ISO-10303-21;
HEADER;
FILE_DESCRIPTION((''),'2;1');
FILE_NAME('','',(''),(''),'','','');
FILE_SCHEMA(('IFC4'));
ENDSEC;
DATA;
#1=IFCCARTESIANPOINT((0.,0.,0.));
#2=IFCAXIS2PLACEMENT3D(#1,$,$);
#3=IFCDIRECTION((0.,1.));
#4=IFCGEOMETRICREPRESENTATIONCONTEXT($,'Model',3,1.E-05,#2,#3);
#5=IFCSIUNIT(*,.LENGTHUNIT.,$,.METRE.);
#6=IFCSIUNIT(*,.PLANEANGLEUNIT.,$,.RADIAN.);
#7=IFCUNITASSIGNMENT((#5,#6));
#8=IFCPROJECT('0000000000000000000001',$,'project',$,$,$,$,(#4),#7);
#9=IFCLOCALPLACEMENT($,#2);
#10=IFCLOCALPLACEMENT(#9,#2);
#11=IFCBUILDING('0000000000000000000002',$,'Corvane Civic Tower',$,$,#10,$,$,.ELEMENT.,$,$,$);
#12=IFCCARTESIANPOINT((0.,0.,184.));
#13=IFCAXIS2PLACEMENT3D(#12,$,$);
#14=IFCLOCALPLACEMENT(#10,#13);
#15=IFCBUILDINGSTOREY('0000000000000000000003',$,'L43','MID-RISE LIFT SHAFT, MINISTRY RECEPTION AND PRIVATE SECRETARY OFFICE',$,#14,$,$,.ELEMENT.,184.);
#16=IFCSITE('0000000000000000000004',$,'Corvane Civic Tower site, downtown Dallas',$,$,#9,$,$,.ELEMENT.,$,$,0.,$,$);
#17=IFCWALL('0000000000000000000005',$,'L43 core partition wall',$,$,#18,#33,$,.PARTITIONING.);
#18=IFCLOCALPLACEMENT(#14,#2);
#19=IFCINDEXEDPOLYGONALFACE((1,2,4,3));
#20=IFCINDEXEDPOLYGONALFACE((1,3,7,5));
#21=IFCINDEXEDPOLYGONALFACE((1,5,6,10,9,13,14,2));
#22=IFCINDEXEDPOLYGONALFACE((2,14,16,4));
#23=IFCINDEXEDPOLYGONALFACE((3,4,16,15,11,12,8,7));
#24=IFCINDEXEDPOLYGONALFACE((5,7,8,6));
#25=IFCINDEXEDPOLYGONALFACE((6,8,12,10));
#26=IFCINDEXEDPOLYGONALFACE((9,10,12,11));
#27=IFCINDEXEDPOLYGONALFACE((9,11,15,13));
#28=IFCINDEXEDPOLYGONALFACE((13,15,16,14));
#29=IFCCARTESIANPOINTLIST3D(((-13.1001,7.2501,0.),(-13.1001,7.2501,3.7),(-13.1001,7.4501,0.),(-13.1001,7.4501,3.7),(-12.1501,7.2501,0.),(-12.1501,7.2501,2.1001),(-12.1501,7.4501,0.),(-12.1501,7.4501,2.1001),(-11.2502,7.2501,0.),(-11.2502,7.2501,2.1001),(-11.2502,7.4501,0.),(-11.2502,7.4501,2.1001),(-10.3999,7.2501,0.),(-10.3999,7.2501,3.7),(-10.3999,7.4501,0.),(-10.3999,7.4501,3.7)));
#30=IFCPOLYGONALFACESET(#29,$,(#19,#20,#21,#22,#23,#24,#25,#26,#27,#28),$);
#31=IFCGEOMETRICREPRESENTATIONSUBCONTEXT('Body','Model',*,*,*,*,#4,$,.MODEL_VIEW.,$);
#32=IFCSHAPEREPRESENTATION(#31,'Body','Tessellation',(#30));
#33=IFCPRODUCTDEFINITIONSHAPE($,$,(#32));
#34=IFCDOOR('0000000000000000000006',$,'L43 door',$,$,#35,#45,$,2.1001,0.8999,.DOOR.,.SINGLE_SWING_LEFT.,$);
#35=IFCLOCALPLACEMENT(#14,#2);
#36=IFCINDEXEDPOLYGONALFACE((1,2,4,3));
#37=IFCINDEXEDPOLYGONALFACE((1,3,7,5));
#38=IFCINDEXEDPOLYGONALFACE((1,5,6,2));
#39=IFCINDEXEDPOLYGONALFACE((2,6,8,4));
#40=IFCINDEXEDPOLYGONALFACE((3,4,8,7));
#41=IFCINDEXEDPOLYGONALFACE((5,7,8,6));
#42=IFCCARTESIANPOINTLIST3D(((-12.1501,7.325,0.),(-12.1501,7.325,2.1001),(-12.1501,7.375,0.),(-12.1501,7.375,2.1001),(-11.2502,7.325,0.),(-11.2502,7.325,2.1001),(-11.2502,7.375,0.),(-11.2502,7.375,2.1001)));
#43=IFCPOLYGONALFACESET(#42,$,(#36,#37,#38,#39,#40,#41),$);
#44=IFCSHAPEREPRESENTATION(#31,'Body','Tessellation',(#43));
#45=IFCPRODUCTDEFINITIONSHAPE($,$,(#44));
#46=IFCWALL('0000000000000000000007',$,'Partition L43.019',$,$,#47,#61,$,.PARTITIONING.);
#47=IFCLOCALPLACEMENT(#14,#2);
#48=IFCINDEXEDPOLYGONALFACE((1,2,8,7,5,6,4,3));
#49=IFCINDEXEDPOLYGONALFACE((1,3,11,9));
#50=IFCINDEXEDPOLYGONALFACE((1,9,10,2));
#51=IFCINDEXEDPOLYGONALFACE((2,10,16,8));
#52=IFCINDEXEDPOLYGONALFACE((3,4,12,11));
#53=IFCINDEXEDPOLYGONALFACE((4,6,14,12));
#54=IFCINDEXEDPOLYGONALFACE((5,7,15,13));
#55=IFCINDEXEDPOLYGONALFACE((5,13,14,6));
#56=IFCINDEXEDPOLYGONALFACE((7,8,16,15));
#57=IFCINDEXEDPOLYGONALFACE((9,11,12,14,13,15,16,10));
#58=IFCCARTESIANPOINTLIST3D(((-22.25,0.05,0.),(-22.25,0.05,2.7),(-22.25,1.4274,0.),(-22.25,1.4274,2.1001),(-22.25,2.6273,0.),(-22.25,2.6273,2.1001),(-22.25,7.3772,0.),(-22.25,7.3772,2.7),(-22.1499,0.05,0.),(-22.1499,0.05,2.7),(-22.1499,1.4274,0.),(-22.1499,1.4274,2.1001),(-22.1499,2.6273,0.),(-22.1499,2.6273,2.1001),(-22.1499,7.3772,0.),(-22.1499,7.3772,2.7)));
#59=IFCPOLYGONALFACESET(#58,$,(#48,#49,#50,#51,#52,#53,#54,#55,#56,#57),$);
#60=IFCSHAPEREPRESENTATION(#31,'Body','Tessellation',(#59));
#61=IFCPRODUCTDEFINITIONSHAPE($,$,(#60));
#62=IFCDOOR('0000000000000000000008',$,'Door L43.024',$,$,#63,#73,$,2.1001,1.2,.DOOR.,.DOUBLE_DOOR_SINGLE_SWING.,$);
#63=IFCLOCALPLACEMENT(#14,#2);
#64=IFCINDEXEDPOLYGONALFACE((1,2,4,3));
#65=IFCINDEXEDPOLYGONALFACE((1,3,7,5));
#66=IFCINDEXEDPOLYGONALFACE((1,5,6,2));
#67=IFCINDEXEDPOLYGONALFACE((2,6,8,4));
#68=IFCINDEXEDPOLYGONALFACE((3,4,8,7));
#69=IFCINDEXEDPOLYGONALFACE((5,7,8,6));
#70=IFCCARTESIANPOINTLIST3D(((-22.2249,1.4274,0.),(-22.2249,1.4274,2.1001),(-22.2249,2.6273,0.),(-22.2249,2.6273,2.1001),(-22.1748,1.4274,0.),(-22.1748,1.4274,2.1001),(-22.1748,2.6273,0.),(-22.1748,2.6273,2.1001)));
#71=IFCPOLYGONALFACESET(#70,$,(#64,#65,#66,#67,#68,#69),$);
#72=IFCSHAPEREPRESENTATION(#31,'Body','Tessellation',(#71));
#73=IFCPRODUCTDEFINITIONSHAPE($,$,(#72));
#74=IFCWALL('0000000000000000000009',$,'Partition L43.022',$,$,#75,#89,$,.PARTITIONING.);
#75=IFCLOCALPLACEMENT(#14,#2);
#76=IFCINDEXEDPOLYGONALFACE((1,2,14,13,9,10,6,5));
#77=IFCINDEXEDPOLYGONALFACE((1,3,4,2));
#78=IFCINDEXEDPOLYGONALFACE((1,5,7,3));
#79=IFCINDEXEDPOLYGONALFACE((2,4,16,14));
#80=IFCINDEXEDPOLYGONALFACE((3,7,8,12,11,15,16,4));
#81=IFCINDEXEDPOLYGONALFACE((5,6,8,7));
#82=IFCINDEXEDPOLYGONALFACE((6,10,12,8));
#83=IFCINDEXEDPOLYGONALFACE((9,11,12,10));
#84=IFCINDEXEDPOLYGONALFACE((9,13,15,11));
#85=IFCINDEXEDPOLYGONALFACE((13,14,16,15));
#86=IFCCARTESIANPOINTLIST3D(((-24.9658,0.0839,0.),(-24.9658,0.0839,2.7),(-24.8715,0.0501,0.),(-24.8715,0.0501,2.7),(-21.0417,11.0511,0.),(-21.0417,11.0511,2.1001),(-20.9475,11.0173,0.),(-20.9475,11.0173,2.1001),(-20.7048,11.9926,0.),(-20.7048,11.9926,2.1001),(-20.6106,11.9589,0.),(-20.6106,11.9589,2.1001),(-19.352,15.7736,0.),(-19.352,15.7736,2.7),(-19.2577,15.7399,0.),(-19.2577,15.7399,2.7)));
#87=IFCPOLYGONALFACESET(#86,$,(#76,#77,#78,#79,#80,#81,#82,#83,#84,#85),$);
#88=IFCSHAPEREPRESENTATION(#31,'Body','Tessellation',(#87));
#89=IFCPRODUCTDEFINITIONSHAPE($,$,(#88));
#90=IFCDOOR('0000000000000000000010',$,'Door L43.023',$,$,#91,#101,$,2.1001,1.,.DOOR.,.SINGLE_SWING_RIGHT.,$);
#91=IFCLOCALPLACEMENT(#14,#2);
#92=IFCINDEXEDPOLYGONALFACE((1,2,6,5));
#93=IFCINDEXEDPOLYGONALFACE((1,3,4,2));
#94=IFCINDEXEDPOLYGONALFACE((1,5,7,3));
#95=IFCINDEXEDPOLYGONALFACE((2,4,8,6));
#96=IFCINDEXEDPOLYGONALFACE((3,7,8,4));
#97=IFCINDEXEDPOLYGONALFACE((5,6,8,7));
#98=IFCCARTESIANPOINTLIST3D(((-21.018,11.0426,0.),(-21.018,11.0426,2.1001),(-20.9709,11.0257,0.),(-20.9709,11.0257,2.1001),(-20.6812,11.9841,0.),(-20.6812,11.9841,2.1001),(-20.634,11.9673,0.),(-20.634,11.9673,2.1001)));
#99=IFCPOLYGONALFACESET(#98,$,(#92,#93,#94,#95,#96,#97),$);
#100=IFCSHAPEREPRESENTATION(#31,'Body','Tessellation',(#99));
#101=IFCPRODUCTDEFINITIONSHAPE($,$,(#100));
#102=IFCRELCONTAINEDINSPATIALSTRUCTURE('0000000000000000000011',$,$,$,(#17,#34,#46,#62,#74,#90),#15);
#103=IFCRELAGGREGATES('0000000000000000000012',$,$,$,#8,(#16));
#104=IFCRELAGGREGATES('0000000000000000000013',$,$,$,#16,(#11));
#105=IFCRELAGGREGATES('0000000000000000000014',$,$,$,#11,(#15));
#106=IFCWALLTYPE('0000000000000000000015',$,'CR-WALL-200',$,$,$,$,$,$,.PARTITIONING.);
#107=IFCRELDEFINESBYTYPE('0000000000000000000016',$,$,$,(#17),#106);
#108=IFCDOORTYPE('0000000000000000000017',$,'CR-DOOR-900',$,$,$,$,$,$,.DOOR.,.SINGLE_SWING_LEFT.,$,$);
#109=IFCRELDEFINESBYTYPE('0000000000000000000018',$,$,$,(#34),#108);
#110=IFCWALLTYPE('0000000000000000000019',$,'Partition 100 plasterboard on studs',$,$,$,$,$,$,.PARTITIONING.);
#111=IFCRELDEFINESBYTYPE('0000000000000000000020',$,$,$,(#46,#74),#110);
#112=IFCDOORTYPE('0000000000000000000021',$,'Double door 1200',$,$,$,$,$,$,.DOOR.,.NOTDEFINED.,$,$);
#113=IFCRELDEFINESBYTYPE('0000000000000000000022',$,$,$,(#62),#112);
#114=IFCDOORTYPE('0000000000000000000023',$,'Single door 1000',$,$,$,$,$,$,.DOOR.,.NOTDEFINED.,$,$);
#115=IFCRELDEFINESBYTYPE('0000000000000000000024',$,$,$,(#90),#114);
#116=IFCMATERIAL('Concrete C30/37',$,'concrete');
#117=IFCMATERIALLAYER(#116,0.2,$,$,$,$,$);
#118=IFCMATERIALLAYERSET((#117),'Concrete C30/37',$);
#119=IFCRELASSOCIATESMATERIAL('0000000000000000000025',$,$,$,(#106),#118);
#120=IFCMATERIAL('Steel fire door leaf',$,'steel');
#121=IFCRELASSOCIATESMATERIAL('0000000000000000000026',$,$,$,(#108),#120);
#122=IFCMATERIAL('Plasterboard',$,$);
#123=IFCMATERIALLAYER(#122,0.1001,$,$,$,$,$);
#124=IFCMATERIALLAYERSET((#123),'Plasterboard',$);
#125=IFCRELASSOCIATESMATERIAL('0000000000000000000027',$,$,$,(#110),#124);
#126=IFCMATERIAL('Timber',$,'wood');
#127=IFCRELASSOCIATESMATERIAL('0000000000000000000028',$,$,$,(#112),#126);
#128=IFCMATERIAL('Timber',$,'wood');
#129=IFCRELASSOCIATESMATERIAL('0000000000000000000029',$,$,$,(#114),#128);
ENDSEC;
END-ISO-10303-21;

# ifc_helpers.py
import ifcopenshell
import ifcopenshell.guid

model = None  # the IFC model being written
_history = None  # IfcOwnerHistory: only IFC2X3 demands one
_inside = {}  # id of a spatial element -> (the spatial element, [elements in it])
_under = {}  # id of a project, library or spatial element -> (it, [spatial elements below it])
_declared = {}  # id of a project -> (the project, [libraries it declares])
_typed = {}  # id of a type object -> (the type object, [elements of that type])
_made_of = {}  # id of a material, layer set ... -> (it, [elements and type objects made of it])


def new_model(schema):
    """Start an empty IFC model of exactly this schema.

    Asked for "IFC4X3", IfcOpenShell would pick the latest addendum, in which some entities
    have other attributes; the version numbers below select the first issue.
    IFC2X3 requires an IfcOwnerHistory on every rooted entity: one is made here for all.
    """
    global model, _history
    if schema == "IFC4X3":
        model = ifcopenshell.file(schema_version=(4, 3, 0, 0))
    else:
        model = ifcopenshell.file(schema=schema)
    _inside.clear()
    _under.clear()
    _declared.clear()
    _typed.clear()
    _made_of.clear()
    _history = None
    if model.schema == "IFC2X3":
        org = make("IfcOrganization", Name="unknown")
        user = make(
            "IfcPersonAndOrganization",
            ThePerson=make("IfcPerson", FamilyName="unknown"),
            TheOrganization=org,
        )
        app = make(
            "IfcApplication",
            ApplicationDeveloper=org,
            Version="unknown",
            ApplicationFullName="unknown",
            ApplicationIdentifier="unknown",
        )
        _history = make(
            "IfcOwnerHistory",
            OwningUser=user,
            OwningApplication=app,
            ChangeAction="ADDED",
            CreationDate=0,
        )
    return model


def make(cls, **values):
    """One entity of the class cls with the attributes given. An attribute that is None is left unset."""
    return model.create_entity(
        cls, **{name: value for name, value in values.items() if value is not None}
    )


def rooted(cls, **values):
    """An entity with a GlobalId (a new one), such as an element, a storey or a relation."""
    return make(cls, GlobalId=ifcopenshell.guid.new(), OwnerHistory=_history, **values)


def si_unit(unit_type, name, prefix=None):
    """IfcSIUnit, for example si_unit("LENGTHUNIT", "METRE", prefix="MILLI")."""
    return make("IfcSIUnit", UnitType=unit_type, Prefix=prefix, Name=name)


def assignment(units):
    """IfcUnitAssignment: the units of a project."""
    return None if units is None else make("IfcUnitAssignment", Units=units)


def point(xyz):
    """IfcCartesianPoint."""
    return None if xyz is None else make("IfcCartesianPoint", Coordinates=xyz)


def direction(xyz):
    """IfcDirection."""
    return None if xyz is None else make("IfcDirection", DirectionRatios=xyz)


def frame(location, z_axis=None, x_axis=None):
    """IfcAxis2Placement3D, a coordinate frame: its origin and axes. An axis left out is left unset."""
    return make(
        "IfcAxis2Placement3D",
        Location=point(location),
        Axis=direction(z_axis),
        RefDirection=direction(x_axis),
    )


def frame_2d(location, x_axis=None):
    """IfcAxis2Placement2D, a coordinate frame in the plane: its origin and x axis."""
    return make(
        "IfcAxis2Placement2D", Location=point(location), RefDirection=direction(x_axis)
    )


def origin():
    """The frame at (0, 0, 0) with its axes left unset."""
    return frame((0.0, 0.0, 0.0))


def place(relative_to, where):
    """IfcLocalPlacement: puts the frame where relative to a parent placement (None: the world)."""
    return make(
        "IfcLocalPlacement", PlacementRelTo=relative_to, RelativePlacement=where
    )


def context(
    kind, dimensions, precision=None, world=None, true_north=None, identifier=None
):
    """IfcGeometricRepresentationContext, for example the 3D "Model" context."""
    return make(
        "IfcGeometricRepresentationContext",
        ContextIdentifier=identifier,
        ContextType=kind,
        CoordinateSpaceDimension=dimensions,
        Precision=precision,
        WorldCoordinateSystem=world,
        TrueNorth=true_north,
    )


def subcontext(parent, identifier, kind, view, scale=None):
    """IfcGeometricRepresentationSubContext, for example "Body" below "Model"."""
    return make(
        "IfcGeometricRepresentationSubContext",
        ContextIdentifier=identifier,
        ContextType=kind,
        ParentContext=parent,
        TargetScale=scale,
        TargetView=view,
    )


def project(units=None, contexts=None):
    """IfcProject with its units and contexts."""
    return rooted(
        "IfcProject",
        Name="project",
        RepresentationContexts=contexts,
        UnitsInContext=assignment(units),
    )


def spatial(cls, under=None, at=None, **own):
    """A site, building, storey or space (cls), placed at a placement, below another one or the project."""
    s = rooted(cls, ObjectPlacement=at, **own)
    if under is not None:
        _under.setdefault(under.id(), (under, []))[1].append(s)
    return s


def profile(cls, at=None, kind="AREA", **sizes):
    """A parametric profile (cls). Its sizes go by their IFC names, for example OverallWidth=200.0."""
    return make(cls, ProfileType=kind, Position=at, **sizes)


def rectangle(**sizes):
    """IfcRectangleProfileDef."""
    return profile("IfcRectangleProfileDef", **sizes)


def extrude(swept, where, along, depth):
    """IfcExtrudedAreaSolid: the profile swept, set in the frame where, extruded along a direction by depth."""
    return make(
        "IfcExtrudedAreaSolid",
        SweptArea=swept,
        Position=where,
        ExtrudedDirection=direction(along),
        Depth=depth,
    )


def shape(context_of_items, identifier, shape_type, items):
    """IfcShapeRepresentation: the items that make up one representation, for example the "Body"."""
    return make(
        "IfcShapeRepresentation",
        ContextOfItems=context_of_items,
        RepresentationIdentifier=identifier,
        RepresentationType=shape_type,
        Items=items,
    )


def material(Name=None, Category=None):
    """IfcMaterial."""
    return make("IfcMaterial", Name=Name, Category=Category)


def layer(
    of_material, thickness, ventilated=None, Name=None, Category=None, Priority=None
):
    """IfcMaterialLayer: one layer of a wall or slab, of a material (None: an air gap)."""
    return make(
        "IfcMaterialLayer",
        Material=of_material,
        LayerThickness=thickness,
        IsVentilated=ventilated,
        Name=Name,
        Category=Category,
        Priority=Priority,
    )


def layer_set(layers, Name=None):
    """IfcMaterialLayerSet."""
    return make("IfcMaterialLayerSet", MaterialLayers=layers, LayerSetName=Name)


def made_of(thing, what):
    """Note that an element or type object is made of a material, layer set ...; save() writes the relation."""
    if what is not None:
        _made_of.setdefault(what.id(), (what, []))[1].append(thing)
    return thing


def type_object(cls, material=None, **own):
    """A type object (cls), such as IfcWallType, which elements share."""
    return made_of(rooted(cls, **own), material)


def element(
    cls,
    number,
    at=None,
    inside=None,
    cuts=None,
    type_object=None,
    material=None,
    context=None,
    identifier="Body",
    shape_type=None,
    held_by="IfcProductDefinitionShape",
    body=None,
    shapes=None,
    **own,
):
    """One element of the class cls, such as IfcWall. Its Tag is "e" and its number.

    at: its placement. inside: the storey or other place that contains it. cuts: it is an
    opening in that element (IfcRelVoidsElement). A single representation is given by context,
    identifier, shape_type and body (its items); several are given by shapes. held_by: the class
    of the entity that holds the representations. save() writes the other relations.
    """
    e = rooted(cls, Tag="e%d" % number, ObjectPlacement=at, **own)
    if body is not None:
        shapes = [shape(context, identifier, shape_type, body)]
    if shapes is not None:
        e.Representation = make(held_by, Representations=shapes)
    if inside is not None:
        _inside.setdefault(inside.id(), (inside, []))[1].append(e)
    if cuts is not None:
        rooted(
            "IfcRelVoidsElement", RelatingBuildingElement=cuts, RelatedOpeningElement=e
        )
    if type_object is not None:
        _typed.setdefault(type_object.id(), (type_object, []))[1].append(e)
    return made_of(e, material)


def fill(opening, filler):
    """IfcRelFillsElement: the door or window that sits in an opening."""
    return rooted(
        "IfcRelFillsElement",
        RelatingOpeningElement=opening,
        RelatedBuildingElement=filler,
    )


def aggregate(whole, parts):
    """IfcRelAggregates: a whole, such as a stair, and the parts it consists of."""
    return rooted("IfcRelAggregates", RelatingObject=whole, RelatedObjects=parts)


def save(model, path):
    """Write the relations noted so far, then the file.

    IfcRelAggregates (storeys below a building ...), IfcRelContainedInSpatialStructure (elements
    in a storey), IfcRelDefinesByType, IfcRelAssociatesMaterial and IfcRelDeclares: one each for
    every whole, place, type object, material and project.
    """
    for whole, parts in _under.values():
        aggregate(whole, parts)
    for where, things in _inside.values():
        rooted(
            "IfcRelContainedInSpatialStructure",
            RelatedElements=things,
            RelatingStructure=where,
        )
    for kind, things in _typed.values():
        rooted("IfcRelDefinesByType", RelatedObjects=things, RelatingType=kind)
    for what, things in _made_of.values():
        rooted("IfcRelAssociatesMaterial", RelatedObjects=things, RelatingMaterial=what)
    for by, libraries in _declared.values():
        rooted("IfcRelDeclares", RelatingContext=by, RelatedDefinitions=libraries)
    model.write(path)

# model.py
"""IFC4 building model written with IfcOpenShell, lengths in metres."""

from ifc_helpers import new_model, si_unit, direction, frame, frame_2d, origin, place, context, subcontext, project, spatial, rectangle, extrude, material, layer, layer_set, type_object, element, fill, save


model = new_model("IFC4")

# Units and contexts
model_context = context("Model", 3, precision=1e-05, world=origin(), true_north=direction((0.0, 1.0)))
body_context = subcontext(model_context, "Body", "Model", "MODEL_VIEW")
ifc_project = project(units=[si_unit("LENGTHUNIT", "METRE"), si_unit("PLANEANGLEUNIT", "RADIAN")], contexts=[model_context])

# Site, building, storey
site_placement = place(None, origin())
site = spatial("IfcSite", under=ifc_project, at=site_placement, Name="Corvane Civic Tower site, downtown Dallas", CompositionType="ELEMENT", RefElevation=0.0)
building_placement = place(site_placement, origin())
building = spatial("IfcBuilding", under=site, at=building_placement, Name="Corvane Civic Tower", CompositionType="ELEMENT")
storey_placement = place(building_placement, frame((0.0, 0.0, 184.0)))
storey = spatial("IfcBuildingStorey", under=building, at=storey_placement, Name="L43", Description="MID-RISE LIFT SHAFT, MINISTRY RECEPTION AND PRIVATE SECRETARY OFFICE", CompositionType="ELEMENT", Elevation=184.0)

# Shared definitions
ifc_material_1 = material(Name="Concrete C30/37", Category="concrete")
ifc_layer_1 = layer(ifc_material_1, 0.2)
ifc_layer_set_1 = layer_set([ifc_layer_1], Name="Concrete C30/37")
wall_type_1 = type_object("IfcWallType", Name="CR-WALL-200", PredefinedType="PARTITIONING", material=ifc_layer_set_1)
ifc_material_2 = material(Name="Steel fire door leaf", Category="steel")
door_type_1 = type_object("IfcDoorType", Name="CR-DOOR-900", OperationType="SINGLE_SWING_LEFT", PredefinedType="DOOR", material=ifc_material_2)

# Walls, openings, doors
wall_1_placement = place(storey_placement, frame((-13.1001, 7.3501, 0.0), z_axis=(0.0, 0.0, 1.0), x_axis=(1.0, 0.0, 0.0)))
wall_1 = element("IfcWall", 1, at=wall_1_placement, inside=storey, type_object=wall_type_1, Name="L43 core partition wall", PredefinedType="PARTITIONING", context=body_context, shape_type="SweptSolid", body=[
    extrude(rectangle(XDim=2.7002, YDim=0.2, at=frame_2d((1.3501, 0.0))), origin(), (0.0, 0.0, 1.0), 3.7),
])
opening_1_placement = place(wall_1_placement, frame((0.95, 0.0, 0.0)))
opening_1 = element("IfcOpeningElement", 2, at=opening_1_placement, cuts=wall_1, PredefinedType="OPENING", context=body_context, shape_type="SweptSolid", body=[
    extrude(rectangle(XDim=0.8999, YDim=2.1001, at=frame_2d((0.45, 1.05))), frame((0.0, 0.1099, 0.0), z_axis=(0.0, -1.0, 0.0), x_axis=(1.0, 0.0, 0.0)), (0.0, 0.0, 1.0), 0.22),
])
door_1_placement = place(opening_1_placement, origin())
door_1 = element("IfcDoor", 3, at=door_1_placement, inside=storey, type_object=door_type_1, Name="L43 door", OperationType="SINGLE_SWING_LEFT", OverallHeight=2.1001, OverallWidth=0.8999, PredefinedType="DOOR", context=body_context, shape_type="SweptSolid", body=[
    extrude(rectangle(XDim=0.8999, YDim=2.1001, at=frame_2d((0.45, 1.05))), frame((0.0, 0.0249, 0.0), z_axis=(0.0, -1.0, 0.0), x_axis=(1.0, 0.0, 0.0)), (0.0, 0.0, 1.0), 0.05),
])
fill(opening_1, door_1)
ifc_material_3 = material(Name="Plasterboard")
ifc_layer_2 = layer(ifc_material_3, 0.1001)
ifc_layer_set_2 = layer_set([ifc_layer_2], Name="Plasterboard")
wall_type_2 = type_object("IfcWallType", Name="Partition 100 plasterboard on studs", PredefinedType="PARTITIONING", material=ifc_layer_set_2)
wall_2_placement = place(storey_placement, frame((-22.2, 0.05, 0.0), z_axis=(0.0, 0.0, 1.0), x_axis=(0.0, 1.0, 0.0)))
wall_2 = element("IfcWall", 4, at=wall_2_placement, inside=storey, type_object=wall_type_2, Name="Partition L43.019", PredefinedType="PARTITIONING", context=body_context, shape_type="SweptSolid", body=[
    extrude(rectangle(XDim=7.3271, YDim=0.1001, at=frame_2d((3.6636, 0.0))), origin(), (0.0, 0.0, 1.0), 2.7),
])
opening_2_placement = place(wall_2_placement, frame((1.3772, 0.0, 0.0)))
opening_2 = element("IfcOpeningElement", 5, at=opening_2_placement, cuts=wall_2, PredefinedType="OPENING", context=body_context, shape_type="SweptSolid", body=[
    extrude(rectangle(XDim=1.2, YDim=2.1001, at=frame_2d((0.6001, 1.05))), frame((0.0, 0.0601, 0.0), z_axis=(0.0, -1.0, 0.0), x_axis=(1.0, 0.0, 0.0)), (0.0, 0.0, 1.0), 0.1201),
])
ifc_material_4 = material(Name="Timber", Category="wood")
door_type_2 = type_object("IfcDoorType", Name="Double door 1200", OperationType="NOTDEFINED", PredefinedType="DOOR", material=ifc_material_4)
door_2_placement = place(opening_2_placement, origin())
door_2 = element("IfcDoor", 6, at=door_2_placement, inside=storey, type_object=door_type_2, Name="Door L43.024", OperationType="DOUBLE_DOOR_SINGLE_SWING", OverallHeight=2.1001, OverallWidth=1.2, PredefinedType="DOOR", context=body_context, shape_type="SweptSolid", body=[
    extrude(rectangle(XDim=1.2, YDim=2.1001, at=frame_2d((0.6001, 1.05))), frame((0.0, 0.0249, 0.0), z_axis=(0.0, -1.0, 0.0), x_axis=(1.0, 0.0, 0.0)), (0.0, 0.0, 1.0), 0.05),
])
fill(opening_2, door_2)
wall_3_placement = place(storey_placement, frame((-24.9187, 0.0669, 0.0), z_axis=(0.0, 0.0, 1.0), x_axis=(0.336885, 0.941546, 0.0)))
wall_3 = element("IfcWall", 7, at=wall_3_placement, inside=storey, type_object=wall_type_2, Name="Partition L43.022", PredefinedType="PARTITIONING", context=body_context, shape_type="SweptSolid", body=[
    extrude(rectangle(XDim=16.6638, YDim=0.1001, at=frame_2d((8.332, 0.0))), origin(), (0.0, 0.0, 1.0), 2.7),
])
opening_3_placement = place(wall_3_placement, frame((11.6482, 0.0, 0.0)))
opening_3 = element("IfcOpeningElement", 8, at=opening_3_placement, cuts=wall_3, PredefinedType="OPENING", context=body_context, shape_type="SweptSolid", body=[
    extrude(rectangle(XDim=1.0, YDim=2.1001, at=frame_2d((0.5, 1.05))), frame((0.0, 0.0601, 0.0), z_axis=(0.0, -1.0, 0.0), x_axis=(1.0, 0.0, 0.0)), (0.0, 0.0, 1.0), 0.1201),
])
ifc_material_5 = material(Name="Timber", Category="wood")
door_type_3 = type_object("IfcDoorType", Name="Single door 1000", OperationType="NOTDEFINED", PredefinedType="DOOR", material=ifc_material_5)
door_3_placement = place(opening_3_placement, origin())
door_3 = element("IfcDoor", 9, at=door_3_placement, inside=storey, type_object=door_type_3, Name="Door L43.023", OperationType="SINGLE_SWING_RIGHT", OverallHeight=2.1001, OverallWidth=1.0, PredefinedType="DOOR", context=body_context, shape_type="SweptSolid", body=[
    extrude(rectangle(XDim=1.0, YDim=2.1001, at=frame_2d((0.5, 1.05))), frame((0.0, 0.0249, 0.0), z_axis=(0.0, -1.0, 0.0), x_axis=(1.0, 0.0, 0.0)), (0.0, 0.0, 1.0), 0.05),
])
fill(opening_3, door_3)

save(model, "model.ifc")
